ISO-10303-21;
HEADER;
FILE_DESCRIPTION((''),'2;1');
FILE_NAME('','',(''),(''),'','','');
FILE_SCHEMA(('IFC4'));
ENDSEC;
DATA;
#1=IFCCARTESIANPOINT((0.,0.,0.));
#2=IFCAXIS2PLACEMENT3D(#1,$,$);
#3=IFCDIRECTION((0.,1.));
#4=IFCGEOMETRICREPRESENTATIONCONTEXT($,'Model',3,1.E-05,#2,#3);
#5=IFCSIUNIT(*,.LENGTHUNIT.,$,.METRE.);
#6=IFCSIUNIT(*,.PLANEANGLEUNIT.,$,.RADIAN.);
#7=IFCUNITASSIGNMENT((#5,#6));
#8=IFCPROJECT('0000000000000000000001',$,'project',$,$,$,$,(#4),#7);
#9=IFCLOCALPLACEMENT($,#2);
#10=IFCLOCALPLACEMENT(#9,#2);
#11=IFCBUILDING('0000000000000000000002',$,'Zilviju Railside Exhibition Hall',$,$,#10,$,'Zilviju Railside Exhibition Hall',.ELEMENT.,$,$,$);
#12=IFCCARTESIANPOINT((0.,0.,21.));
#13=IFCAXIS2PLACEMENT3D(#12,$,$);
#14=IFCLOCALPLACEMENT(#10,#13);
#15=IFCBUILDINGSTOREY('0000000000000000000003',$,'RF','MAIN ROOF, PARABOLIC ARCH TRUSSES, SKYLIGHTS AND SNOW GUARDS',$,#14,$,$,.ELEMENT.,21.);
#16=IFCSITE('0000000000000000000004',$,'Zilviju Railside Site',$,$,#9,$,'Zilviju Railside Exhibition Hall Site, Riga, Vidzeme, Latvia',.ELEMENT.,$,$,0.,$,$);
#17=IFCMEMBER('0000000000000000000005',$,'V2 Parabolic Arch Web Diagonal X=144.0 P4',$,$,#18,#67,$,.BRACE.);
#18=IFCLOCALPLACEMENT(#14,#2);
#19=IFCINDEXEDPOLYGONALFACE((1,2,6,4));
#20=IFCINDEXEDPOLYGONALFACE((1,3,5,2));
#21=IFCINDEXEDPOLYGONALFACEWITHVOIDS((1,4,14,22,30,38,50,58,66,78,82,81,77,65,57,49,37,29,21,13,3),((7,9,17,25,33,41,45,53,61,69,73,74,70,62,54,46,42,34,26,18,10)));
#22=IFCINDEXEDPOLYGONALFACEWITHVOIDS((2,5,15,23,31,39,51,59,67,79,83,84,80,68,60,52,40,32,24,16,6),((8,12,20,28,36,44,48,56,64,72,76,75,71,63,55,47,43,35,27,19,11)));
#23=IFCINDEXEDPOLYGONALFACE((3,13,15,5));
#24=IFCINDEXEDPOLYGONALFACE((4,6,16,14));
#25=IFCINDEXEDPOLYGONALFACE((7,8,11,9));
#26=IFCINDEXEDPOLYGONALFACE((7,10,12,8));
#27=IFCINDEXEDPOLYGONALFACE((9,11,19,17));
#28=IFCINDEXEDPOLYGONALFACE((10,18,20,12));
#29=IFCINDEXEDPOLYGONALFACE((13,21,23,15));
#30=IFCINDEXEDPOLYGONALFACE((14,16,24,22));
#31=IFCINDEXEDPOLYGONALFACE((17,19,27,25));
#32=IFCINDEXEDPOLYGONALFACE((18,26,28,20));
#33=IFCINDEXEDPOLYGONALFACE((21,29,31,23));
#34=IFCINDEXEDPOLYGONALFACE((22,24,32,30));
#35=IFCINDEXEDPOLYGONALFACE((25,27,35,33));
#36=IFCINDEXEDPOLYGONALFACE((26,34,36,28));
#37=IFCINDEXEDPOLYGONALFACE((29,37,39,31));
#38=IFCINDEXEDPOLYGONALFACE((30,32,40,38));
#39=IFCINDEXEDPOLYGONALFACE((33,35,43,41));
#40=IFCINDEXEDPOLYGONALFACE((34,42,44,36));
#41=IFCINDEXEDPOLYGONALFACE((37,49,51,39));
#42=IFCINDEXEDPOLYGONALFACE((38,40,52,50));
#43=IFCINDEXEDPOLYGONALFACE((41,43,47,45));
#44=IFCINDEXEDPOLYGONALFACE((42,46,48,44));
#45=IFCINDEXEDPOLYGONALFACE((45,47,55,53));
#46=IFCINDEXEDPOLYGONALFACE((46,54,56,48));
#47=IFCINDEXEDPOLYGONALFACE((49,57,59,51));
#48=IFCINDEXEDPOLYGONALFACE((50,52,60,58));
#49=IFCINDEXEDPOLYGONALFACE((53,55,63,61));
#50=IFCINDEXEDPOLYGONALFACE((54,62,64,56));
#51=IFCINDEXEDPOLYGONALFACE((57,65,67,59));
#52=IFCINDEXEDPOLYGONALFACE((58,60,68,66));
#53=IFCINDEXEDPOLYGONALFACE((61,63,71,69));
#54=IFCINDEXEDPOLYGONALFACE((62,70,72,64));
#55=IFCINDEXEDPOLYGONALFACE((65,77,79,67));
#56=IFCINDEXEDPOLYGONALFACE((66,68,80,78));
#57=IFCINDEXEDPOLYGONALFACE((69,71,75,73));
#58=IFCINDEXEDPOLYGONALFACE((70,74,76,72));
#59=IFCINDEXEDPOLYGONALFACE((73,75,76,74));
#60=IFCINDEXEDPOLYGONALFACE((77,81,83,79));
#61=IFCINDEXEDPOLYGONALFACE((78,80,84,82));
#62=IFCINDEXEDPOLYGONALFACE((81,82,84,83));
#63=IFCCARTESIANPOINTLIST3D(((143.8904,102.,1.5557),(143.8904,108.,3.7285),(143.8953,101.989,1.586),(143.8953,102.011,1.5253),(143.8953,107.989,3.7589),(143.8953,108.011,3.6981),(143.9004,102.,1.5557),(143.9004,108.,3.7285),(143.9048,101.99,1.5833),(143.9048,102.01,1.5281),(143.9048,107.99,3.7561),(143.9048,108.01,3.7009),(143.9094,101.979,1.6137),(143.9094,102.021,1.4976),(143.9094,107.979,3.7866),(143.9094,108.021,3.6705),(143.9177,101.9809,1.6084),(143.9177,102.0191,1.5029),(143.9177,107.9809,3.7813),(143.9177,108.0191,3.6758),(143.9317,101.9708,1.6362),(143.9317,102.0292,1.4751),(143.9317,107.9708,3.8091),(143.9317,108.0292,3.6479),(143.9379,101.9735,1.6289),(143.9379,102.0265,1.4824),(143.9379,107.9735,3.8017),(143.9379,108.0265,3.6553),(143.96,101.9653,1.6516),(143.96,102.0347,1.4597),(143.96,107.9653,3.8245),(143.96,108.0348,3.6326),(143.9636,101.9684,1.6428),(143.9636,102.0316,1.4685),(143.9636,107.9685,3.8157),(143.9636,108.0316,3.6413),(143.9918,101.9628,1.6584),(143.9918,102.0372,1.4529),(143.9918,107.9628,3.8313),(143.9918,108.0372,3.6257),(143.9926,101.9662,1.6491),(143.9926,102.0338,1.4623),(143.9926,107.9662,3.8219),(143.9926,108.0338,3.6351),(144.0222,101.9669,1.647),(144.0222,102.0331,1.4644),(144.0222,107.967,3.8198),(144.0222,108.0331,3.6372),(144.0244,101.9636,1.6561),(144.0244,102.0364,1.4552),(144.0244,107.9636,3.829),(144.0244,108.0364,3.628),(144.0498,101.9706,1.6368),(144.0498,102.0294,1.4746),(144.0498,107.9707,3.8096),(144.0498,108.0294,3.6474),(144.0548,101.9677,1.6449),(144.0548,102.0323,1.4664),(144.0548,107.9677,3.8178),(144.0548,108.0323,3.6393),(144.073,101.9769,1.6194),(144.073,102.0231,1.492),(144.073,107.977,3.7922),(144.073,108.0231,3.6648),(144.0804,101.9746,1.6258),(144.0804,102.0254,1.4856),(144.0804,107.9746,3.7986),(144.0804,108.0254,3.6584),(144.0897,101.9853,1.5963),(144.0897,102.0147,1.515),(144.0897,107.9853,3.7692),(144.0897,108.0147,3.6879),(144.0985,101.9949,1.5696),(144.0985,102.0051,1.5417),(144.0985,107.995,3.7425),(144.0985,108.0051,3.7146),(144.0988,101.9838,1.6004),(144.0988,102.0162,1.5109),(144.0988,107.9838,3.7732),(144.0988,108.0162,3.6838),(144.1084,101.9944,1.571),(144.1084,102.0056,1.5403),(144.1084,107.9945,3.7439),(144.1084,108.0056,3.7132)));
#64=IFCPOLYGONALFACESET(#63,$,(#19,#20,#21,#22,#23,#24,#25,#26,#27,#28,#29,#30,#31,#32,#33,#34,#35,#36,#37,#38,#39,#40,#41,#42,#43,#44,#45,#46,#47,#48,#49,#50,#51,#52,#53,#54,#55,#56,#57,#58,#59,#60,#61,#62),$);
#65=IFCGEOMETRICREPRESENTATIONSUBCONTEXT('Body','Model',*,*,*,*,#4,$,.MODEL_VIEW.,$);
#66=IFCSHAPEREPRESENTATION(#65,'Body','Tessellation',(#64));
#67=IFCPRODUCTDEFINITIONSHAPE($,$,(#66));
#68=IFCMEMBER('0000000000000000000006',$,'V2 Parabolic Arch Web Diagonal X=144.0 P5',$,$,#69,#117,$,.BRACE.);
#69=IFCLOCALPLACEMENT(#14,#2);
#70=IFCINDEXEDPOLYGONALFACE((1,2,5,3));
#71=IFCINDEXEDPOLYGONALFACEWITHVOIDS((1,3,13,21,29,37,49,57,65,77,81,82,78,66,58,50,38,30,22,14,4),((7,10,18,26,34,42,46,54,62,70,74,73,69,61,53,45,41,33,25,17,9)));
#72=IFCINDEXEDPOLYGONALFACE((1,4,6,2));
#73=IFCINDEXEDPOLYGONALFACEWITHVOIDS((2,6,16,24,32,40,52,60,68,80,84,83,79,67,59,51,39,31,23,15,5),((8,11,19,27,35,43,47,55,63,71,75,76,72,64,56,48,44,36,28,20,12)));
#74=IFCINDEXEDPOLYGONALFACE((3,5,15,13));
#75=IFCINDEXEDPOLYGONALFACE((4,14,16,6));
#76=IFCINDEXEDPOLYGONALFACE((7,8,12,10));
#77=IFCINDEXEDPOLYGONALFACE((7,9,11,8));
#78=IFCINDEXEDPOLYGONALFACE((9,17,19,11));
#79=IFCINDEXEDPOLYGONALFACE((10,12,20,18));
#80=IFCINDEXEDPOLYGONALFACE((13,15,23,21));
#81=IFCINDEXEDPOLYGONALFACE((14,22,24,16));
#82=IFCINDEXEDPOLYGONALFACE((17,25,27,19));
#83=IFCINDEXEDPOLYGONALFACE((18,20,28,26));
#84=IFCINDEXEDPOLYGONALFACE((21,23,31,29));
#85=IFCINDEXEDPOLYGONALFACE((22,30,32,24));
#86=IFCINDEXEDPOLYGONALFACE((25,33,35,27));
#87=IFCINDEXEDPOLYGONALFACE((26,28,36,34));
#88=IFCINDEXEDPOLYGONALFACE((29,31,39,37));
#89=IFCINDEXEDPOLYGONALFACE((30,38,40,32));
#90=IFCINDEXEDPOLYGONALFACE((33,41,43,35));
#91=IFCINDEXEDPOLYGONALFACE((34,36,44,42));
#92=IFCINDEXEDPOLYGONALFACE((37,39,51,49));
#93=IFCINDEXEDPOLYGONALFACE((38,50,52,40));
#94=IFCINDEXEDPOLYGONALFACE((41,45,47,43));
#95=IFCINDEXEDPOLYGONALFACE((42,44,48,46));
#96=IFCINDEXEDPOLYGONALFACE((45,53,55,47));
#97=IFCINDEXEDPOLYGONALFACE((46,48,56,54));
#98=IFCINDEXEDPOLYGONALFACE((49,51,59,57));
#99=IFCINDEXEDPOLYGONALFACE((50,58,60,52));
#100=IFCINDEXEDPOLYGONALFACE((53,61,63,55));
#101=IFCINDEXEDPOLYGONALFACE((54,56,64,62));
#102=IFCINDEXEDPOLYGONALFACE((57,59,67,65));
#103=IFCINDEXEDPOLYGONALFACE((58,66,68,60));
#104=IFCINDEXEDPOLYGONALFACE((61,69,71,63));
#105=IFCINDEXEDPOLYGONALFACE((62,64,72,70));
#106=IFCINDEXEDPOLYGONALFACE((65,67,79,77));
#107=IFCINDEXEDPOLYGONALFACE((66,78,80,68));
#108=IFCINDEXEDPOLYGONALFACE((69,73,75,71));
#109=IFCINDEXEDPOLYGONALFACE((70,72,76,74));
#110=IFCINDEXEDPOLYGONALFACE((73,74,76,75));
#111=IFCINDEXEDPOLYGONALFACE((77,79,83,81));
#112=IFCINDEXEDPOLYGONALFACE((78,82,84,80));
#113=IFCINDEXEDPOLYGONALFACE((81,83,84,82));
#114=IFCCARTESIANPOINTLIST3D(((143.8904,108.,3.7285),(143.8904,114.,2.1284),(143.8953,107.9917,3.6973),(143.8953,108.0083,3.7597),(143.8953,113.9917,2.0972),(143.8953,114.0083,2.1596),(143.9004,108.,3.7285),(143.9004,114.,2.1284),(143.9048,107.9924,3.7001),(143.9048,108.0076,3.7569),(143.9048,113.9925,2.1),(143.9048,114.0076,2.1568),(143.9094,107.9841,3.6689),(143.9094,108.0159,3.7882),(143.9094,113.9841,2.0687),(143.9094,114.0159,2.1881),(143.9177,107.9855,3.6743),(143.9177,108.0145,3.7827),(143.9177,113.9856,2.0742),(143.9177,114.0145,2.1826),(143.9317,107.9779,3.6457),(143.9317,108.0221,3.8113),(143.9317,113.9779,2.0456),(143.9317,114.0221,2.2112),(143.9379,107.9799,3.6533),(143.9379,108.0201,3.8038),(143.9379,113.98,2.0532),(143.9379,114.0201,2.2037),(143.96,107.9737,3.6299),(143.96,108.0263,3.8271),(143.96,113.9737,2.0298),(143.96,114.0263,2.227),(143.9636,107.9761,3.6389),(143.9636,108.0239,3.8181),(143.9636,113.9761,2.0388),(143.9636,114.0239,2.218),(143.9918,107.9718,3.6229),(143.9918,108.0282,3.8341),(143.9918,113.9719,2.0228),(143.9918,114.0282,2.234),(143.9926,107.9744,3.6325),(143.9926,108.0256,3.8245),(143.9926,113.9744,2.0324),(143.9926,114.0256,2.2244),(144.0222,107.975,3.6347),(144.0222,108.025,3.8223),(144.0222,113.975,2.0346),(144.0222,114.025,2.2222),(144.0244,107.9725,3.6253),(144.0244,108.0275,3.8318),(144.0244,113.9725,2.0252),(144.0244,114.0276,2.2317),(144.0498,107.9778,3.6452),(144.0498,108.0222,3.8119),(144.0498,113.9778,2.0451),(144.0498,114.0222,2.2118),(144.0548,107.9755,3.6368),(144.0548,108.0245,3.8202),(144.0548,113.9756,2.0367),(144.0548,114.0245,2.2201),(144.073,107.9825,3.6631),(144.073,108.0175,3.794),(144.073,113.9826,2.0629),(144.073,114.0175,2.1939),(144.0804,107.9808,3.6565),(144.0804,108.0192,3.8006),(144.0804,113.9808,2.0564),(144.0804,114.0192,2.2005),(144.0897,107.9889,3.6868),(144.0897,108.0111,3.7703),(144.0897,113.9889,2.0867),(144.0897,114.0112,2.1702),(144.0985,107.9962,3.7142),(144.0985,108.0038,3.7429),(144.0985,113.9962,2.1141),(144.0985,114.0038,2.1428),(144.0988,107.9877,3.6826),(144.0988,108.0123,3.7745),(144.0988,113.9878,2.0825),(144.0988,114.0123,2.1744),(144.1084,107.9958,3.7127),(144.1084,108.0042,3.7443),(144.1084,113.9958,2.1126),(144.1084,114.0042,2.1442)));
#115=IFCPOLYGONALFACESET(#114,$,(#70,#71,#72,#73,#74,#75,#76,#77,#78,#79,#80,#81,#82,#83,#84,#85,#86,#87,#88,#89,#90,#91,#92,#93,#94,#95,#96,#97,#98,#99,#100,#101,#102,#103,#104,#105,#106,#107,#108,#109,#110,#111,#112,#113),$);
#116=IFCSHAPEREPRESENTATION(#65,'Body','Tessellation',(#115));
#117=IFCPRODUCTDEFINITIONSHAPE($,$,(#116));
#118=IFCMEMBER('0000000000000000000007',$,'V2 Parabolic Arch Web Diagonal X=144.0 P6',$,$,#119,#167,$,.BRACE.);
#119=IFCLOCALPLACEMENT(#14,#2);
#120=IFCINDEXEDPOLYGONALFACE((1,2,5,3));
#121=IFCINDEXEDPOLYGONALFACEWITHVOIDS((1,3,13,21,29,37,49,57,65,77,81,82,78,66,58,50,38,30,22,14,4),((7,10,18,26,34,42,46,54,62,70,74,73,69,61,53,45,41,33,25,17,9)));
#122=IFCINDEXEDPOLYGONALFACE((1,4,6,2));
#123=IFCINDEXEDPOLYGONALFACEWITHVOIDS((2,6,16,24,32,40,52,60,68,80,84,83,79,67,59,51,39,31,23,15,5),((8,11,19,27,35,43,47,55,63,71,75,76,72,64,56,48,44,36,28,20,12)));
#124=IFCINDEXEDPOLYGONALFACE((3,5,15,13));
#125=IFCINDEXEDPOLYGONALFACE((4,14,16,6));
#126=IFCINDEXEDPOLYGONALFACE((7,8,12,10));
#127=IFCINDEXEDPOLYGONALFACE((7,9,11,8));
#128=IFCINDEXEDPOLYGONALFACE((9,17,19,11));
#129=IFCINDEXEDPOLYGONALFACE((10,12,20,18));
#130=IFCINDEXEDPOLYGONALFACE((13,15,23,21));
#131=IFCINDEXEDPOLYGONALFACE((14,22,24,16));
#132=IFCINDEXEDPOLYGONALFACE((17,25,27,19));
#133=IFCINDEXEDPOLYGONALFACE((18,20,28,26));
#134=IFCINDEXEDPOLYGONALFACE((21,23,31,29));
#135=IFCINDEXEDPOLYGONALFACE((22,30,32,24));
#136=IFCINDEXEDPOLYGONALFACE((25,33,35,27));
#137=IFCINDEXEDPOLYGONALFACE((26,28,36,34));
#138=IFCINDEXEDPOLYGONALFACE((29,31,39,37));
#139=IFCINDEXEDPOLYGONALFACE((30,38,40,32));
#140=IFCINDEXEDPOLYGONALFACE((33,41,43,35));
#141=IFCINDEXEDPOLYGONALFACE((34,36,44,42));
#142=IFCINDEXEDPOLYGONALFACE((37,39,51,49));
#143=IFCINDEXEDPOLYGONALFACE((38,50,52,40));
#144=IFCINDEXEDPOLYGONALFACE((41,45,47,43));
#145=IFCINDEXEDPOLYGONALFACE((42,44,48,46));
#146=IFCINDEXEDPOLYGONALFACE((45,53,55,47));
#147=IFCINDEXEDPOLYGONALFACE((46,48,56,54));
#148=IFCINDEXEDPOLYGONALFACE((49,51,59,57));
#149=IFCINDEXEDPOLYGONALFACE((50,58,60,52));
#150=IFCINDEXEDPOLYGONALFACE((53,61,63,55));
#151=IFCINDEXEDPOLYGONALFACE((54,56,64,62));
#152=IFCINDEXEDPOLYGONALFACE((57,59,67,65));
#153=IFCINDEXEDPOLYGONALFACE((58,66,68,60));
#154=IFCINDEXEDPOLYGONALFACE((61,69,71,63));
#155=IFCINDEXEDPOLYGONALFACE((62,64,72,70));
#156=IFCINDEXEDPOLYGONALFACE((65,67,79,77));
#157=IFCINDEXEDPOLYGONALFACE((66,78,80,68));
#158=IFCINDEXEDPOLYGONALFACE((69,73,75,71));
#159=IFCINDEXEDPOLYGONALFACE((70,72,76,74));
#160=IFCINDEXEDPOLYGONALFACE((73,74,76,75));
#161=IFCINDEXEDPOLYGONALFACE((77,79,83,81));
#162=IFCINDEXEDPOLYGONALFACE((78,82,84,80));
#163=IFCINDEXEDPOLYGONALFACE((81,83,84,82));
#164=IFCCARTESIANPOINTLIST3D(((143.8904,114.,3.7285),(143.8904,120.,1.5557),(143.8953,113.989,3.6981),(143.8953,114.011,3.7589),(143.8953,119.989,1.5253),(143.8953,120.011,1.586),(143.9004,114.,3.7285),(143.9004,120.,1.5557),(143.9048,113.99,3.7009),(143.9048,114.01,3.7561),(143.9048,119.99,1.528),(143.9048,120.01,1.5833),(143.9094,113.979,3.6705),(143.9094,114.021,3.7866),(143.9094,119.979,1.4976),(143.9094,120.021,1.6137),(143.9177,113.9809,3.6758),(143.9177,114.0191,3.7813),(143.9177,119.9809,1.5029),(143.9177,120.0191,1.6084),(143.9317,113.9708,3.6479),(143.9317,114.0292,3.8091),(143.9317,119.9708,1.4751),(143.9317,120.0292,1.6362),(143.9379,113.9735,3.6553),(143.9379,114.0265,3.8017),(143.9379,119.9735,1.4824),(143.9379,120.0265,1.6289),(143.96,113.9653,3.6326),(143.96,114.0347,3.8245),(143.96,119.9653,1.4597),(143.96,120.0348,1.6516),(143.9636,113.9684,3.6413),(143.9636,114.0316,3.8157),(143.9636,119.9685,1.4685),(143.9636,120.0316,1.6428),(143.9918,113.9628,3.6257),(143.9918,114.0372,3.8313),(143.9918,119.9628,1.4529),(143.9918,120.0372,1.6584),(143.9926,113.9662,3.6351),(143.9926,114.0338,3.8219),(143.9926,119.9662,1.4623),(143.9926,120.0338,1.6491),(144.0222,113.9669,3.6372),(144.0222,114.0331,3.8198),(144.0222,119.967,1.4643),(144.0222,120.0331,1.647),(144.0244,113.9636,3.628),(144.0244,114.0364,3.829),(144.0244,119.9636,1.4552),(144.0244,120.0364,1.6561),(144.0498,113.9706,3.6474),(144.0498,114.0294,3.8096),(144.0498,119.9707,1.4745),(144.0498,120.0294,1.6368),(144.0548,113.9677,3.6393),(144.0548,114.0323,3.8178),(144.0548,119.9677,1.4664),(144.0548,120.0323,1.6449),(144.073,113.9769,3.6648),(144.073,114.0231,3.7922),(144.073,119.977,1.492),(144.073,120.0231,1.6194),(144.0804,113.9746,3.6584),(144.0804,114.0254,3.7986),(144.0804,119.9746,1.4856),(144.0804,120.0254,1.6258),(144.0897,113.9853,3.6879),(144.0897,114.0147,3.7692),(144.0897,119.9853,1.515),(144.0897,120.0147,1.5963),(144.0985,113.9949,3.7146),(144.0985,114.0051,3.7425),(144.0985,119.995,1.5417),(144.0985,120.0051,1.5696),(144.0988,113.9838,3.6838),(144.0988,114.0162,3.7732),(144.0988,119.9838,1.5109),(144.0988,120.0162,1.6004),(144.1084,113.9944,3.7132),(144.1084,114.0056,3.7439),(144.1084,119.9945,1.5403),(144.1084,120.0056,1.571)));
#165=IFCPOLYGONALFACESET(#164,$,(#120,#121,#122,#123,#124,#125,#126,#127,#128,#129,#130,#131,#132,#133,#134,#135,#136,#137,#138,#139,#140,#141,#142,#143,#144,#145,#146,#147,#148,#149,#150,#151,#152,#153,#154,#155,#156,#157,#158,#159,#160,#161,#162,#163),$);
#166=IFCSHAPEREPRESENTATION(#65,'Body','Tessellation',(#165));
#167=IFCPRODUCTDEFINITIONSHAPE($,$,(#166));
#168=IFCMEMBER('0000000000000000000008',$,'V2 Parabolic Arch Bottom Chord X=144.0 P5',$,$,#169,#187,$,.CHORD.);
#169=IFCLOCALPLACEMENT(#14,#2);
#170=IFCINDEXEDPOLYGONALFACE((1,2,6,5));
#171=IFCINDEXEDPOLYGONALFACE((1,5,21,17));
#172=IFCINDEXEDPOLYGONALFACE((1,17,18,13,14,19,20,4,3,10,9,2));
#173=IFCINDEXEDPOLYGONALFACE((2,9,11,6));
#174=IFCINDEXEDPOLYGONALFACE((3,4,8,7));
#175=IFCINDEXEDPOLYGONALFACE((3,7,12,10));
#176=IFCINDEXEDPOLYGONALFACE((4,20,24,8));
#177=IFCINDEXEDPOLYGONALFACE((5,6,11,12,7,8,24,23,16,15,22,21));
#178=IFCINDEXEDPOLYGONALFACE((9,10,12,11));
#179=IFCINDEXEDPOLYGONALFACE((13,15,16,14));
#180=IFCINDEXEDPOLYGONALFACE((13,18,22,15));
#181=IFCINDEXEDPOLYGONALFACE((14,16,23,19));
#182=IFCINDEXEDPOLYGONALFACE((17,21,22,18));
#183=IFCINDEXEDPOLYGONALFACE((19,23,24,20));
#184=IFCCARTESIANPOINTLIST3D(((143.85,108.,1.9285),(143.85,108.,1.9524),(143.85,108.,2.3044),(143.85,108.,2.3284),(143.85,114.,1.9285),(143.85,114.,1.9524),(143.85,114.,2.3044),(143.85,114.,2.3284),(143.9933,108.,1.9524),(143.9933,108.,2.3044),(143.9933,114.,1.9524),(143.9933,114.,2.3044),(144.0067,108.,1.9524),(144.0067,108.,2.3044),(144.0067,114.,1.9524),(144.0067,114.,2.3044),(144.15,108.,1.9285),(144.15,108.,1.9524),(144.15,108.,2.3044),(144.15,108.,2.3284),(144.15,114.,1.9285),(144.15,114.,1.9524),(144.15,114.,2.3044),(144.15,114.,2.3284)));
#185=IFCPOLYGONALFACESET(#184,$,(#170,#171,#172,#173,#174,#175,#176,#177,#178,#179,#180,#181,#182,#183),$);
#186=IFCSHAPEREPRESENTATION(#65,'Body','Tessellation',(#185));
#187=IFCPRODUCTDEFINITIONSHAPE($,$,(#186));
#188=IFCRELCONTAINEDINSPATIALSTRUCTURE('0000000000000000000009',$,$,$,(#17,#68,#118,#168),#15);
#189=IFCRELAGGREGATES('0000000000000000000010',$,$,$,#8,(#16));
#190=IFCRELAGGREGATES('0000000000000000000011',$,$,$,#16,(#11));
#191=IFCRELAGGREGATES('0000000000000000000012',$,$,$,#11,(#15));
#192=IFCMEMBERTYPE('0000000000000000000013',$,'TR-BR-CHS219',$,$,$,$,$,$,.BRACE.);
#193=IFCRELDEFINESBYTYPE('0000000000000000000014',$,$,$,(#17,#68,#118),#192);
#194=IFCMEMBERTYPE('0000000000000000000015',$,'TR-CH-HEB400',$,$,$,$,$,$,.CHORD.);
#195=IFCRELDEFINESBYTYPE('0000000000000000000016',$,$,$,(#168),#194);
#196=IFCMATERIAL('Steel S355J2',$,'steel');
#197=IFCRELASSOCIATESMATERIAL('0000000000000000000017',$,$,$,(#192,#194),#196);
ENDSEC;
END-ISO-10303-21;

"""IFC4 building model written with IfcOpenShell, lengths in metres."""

from ifc_helpers import new_model, si_unit, direction, frame, origin, origin_2d, place, context, subcontext, project, spatial, hollow_circle, i_section, extrude, material, material_profile, profile_set, type_object, element, save


model = new_model("IFC4")

# Units and contexts
model_context = context("Model", 3, precision=1e-05, world=origin(), true_north=direction((0.0, 1.0)))
body_context = subcontext(model_context, "Body", "Model", "MODEL_VIEW")
ifc_project = project(units=[si_unit("LENGTHUNIT", "METRE"), si_unit("PLANEANGLEUNIT", "RADIAN")], contexts=[model_context])

# Site, building, storey
site_placement = place(None, origin())
site = spatial("IfcSite", under=ifc_project, at=site_placement, Name="Zilviju Railside Site", LongName="Zilviju Railside Exhibition Hall Site, Riga, Vidzeme, Latvia", CompositionType="ELEMENT", RefElevation=0.0)
building_placement = place(site_placement, origin())
building = spatial("IfcBuilding", under=site, at=building_placement, Name="Zilviju Railside Exhibition Hall", LongName="Zilviju Railside Exhibition Hall", CompositionType="ELEMENT")
storey_placement = place(building_placement, frame((0.0, 0.0, 21.0)))
storey = spatial("IfcBuildingStorey", under=building, at=storey_placement, Name="RF", Description="MAIN ROOF, PARABOLIC ARCH TRUSSES, SKYLIGHTS AND SNOW GUARDS", CompositionType="ELEMENT", Elevation=21.0)

# Members
ifc_material_1 = material(Name="Steel S355J2", Category="steel")
ifc_material_profile_1 = material_profile(ifc_material_1, hollow_circle(Radius=0.1096, WallThickness=0.01, at=origin_2d()), Name="CHS 219.1x10.0")
ifc_profile_set_1 = profile_set([ifc_material_profile_1], Name="Steel S355J2")
member_type_1 = type_object("IfcMemberType", Name="TR-BR-CHS219", PredefinedType="BRACE", material=ifc_profile_set_1)
member_1_placement = place(storey_placement, frame((144.0, 102.0, 1.5557), z_axis=(0.0, 0.940244, 0.340502), x_axis=(-1.0, 0.0, 0.0)))
element("IfcMember", 1, at=member_1_placement, inside=storey, type_object=member_type_1, Name="V2 Parabolic Arch Web Diagonal X=144.0 P4", PredefinedType="BRACE", context=body_context, shape_type="SweptSolid", body=[
    extrude(hollow_circle(Radius=0.1096, WallThickness=0.01, at=origin_2d()), origin(), (0.0, 0.0, 1.0), 6.3813),
])
member_2_placement = place(storey_placement, frame((144.0, 108.0, 3.7285), z_axis=(0.0, 0.966231, -0.257677), x_axis=(-1.0, 0.0, 0.0)))
element("IfcMember", 2, at=member_2_placement, inside=storey, type_object=member_type_1, Name="V2 Parabolic Arch Web Diagonal X=144.0 P5", PredefinedType="BRACE", context=body_context, shape_type="SweptSolid", body=[
    extrude(hollow_circle(Radius=0.1096, WallThickness=0.01, at=origin_2d()), origin(), (0.0, 0.0, 1.0), 6.2097),
])
member_3_placement = place(storey_placement, frame((144.0, 114.0, 3.7285), z_axis=(0.0, 0.940244, -0.340502), x_axis=(-1.0, 0.0, 0.0)))
element("IfcMember", 3, at=member_3_placement, inside=storey, type_object=member_type_1, Name="V2 Parabolic Arch Web Diagonal X=144.0 P6", PredefinedType="BRACE", context=body_context, shape_type="SweptSolid", body=[
    extrude(hollow_circle(Radius=0.1096, WallThickness=0.01, at=origin_2d()), origin(), (0.0, 0.0, 1.0), 6.3813),
])
ifc_material_profile_2 = material_profile(ifc_material_1, i_section(OverallWidth=0.3, OverallDepth=0.3999, WebThickness=0.0134, FlangeThickness=0.0239, at=origin_2d()), Name="HEB 400")
ifc_profile_set_2 = profile_set([ifc_material_profile_2], Name="Steel S355J2")
member_type_2 = type_object("IfcMemberType", Name="TR-CH-HEB400", PredefinedType="CHORD", material=ifc_profile_set_2)
member_4_placement = place(storey_placement, frame((144.0, 108.0, 2.1284), z_axis=(0.0, 1.0, 0.0), x_axis=(-1.0, 0.0, 0.0)))
element("IfcMember", 4, at=member_4_placement, inside=storey, type_object=member_type_2, Name="V2 Parabolic Arch Bottom Chord X=144.0 P5", PredefinedType="CHORD", context=body_context, shape_type="SweptSolid", body=[
    extrude(i_section(OverallWidth=0.3, OverallDepth=0.3999, WebThickness=0.0134, FlangeThickness=0.0239, at=origin_2d()), origin(), (0.0, 0.0, 1.0), 6.0),
])

save(model, "model.ifc")
